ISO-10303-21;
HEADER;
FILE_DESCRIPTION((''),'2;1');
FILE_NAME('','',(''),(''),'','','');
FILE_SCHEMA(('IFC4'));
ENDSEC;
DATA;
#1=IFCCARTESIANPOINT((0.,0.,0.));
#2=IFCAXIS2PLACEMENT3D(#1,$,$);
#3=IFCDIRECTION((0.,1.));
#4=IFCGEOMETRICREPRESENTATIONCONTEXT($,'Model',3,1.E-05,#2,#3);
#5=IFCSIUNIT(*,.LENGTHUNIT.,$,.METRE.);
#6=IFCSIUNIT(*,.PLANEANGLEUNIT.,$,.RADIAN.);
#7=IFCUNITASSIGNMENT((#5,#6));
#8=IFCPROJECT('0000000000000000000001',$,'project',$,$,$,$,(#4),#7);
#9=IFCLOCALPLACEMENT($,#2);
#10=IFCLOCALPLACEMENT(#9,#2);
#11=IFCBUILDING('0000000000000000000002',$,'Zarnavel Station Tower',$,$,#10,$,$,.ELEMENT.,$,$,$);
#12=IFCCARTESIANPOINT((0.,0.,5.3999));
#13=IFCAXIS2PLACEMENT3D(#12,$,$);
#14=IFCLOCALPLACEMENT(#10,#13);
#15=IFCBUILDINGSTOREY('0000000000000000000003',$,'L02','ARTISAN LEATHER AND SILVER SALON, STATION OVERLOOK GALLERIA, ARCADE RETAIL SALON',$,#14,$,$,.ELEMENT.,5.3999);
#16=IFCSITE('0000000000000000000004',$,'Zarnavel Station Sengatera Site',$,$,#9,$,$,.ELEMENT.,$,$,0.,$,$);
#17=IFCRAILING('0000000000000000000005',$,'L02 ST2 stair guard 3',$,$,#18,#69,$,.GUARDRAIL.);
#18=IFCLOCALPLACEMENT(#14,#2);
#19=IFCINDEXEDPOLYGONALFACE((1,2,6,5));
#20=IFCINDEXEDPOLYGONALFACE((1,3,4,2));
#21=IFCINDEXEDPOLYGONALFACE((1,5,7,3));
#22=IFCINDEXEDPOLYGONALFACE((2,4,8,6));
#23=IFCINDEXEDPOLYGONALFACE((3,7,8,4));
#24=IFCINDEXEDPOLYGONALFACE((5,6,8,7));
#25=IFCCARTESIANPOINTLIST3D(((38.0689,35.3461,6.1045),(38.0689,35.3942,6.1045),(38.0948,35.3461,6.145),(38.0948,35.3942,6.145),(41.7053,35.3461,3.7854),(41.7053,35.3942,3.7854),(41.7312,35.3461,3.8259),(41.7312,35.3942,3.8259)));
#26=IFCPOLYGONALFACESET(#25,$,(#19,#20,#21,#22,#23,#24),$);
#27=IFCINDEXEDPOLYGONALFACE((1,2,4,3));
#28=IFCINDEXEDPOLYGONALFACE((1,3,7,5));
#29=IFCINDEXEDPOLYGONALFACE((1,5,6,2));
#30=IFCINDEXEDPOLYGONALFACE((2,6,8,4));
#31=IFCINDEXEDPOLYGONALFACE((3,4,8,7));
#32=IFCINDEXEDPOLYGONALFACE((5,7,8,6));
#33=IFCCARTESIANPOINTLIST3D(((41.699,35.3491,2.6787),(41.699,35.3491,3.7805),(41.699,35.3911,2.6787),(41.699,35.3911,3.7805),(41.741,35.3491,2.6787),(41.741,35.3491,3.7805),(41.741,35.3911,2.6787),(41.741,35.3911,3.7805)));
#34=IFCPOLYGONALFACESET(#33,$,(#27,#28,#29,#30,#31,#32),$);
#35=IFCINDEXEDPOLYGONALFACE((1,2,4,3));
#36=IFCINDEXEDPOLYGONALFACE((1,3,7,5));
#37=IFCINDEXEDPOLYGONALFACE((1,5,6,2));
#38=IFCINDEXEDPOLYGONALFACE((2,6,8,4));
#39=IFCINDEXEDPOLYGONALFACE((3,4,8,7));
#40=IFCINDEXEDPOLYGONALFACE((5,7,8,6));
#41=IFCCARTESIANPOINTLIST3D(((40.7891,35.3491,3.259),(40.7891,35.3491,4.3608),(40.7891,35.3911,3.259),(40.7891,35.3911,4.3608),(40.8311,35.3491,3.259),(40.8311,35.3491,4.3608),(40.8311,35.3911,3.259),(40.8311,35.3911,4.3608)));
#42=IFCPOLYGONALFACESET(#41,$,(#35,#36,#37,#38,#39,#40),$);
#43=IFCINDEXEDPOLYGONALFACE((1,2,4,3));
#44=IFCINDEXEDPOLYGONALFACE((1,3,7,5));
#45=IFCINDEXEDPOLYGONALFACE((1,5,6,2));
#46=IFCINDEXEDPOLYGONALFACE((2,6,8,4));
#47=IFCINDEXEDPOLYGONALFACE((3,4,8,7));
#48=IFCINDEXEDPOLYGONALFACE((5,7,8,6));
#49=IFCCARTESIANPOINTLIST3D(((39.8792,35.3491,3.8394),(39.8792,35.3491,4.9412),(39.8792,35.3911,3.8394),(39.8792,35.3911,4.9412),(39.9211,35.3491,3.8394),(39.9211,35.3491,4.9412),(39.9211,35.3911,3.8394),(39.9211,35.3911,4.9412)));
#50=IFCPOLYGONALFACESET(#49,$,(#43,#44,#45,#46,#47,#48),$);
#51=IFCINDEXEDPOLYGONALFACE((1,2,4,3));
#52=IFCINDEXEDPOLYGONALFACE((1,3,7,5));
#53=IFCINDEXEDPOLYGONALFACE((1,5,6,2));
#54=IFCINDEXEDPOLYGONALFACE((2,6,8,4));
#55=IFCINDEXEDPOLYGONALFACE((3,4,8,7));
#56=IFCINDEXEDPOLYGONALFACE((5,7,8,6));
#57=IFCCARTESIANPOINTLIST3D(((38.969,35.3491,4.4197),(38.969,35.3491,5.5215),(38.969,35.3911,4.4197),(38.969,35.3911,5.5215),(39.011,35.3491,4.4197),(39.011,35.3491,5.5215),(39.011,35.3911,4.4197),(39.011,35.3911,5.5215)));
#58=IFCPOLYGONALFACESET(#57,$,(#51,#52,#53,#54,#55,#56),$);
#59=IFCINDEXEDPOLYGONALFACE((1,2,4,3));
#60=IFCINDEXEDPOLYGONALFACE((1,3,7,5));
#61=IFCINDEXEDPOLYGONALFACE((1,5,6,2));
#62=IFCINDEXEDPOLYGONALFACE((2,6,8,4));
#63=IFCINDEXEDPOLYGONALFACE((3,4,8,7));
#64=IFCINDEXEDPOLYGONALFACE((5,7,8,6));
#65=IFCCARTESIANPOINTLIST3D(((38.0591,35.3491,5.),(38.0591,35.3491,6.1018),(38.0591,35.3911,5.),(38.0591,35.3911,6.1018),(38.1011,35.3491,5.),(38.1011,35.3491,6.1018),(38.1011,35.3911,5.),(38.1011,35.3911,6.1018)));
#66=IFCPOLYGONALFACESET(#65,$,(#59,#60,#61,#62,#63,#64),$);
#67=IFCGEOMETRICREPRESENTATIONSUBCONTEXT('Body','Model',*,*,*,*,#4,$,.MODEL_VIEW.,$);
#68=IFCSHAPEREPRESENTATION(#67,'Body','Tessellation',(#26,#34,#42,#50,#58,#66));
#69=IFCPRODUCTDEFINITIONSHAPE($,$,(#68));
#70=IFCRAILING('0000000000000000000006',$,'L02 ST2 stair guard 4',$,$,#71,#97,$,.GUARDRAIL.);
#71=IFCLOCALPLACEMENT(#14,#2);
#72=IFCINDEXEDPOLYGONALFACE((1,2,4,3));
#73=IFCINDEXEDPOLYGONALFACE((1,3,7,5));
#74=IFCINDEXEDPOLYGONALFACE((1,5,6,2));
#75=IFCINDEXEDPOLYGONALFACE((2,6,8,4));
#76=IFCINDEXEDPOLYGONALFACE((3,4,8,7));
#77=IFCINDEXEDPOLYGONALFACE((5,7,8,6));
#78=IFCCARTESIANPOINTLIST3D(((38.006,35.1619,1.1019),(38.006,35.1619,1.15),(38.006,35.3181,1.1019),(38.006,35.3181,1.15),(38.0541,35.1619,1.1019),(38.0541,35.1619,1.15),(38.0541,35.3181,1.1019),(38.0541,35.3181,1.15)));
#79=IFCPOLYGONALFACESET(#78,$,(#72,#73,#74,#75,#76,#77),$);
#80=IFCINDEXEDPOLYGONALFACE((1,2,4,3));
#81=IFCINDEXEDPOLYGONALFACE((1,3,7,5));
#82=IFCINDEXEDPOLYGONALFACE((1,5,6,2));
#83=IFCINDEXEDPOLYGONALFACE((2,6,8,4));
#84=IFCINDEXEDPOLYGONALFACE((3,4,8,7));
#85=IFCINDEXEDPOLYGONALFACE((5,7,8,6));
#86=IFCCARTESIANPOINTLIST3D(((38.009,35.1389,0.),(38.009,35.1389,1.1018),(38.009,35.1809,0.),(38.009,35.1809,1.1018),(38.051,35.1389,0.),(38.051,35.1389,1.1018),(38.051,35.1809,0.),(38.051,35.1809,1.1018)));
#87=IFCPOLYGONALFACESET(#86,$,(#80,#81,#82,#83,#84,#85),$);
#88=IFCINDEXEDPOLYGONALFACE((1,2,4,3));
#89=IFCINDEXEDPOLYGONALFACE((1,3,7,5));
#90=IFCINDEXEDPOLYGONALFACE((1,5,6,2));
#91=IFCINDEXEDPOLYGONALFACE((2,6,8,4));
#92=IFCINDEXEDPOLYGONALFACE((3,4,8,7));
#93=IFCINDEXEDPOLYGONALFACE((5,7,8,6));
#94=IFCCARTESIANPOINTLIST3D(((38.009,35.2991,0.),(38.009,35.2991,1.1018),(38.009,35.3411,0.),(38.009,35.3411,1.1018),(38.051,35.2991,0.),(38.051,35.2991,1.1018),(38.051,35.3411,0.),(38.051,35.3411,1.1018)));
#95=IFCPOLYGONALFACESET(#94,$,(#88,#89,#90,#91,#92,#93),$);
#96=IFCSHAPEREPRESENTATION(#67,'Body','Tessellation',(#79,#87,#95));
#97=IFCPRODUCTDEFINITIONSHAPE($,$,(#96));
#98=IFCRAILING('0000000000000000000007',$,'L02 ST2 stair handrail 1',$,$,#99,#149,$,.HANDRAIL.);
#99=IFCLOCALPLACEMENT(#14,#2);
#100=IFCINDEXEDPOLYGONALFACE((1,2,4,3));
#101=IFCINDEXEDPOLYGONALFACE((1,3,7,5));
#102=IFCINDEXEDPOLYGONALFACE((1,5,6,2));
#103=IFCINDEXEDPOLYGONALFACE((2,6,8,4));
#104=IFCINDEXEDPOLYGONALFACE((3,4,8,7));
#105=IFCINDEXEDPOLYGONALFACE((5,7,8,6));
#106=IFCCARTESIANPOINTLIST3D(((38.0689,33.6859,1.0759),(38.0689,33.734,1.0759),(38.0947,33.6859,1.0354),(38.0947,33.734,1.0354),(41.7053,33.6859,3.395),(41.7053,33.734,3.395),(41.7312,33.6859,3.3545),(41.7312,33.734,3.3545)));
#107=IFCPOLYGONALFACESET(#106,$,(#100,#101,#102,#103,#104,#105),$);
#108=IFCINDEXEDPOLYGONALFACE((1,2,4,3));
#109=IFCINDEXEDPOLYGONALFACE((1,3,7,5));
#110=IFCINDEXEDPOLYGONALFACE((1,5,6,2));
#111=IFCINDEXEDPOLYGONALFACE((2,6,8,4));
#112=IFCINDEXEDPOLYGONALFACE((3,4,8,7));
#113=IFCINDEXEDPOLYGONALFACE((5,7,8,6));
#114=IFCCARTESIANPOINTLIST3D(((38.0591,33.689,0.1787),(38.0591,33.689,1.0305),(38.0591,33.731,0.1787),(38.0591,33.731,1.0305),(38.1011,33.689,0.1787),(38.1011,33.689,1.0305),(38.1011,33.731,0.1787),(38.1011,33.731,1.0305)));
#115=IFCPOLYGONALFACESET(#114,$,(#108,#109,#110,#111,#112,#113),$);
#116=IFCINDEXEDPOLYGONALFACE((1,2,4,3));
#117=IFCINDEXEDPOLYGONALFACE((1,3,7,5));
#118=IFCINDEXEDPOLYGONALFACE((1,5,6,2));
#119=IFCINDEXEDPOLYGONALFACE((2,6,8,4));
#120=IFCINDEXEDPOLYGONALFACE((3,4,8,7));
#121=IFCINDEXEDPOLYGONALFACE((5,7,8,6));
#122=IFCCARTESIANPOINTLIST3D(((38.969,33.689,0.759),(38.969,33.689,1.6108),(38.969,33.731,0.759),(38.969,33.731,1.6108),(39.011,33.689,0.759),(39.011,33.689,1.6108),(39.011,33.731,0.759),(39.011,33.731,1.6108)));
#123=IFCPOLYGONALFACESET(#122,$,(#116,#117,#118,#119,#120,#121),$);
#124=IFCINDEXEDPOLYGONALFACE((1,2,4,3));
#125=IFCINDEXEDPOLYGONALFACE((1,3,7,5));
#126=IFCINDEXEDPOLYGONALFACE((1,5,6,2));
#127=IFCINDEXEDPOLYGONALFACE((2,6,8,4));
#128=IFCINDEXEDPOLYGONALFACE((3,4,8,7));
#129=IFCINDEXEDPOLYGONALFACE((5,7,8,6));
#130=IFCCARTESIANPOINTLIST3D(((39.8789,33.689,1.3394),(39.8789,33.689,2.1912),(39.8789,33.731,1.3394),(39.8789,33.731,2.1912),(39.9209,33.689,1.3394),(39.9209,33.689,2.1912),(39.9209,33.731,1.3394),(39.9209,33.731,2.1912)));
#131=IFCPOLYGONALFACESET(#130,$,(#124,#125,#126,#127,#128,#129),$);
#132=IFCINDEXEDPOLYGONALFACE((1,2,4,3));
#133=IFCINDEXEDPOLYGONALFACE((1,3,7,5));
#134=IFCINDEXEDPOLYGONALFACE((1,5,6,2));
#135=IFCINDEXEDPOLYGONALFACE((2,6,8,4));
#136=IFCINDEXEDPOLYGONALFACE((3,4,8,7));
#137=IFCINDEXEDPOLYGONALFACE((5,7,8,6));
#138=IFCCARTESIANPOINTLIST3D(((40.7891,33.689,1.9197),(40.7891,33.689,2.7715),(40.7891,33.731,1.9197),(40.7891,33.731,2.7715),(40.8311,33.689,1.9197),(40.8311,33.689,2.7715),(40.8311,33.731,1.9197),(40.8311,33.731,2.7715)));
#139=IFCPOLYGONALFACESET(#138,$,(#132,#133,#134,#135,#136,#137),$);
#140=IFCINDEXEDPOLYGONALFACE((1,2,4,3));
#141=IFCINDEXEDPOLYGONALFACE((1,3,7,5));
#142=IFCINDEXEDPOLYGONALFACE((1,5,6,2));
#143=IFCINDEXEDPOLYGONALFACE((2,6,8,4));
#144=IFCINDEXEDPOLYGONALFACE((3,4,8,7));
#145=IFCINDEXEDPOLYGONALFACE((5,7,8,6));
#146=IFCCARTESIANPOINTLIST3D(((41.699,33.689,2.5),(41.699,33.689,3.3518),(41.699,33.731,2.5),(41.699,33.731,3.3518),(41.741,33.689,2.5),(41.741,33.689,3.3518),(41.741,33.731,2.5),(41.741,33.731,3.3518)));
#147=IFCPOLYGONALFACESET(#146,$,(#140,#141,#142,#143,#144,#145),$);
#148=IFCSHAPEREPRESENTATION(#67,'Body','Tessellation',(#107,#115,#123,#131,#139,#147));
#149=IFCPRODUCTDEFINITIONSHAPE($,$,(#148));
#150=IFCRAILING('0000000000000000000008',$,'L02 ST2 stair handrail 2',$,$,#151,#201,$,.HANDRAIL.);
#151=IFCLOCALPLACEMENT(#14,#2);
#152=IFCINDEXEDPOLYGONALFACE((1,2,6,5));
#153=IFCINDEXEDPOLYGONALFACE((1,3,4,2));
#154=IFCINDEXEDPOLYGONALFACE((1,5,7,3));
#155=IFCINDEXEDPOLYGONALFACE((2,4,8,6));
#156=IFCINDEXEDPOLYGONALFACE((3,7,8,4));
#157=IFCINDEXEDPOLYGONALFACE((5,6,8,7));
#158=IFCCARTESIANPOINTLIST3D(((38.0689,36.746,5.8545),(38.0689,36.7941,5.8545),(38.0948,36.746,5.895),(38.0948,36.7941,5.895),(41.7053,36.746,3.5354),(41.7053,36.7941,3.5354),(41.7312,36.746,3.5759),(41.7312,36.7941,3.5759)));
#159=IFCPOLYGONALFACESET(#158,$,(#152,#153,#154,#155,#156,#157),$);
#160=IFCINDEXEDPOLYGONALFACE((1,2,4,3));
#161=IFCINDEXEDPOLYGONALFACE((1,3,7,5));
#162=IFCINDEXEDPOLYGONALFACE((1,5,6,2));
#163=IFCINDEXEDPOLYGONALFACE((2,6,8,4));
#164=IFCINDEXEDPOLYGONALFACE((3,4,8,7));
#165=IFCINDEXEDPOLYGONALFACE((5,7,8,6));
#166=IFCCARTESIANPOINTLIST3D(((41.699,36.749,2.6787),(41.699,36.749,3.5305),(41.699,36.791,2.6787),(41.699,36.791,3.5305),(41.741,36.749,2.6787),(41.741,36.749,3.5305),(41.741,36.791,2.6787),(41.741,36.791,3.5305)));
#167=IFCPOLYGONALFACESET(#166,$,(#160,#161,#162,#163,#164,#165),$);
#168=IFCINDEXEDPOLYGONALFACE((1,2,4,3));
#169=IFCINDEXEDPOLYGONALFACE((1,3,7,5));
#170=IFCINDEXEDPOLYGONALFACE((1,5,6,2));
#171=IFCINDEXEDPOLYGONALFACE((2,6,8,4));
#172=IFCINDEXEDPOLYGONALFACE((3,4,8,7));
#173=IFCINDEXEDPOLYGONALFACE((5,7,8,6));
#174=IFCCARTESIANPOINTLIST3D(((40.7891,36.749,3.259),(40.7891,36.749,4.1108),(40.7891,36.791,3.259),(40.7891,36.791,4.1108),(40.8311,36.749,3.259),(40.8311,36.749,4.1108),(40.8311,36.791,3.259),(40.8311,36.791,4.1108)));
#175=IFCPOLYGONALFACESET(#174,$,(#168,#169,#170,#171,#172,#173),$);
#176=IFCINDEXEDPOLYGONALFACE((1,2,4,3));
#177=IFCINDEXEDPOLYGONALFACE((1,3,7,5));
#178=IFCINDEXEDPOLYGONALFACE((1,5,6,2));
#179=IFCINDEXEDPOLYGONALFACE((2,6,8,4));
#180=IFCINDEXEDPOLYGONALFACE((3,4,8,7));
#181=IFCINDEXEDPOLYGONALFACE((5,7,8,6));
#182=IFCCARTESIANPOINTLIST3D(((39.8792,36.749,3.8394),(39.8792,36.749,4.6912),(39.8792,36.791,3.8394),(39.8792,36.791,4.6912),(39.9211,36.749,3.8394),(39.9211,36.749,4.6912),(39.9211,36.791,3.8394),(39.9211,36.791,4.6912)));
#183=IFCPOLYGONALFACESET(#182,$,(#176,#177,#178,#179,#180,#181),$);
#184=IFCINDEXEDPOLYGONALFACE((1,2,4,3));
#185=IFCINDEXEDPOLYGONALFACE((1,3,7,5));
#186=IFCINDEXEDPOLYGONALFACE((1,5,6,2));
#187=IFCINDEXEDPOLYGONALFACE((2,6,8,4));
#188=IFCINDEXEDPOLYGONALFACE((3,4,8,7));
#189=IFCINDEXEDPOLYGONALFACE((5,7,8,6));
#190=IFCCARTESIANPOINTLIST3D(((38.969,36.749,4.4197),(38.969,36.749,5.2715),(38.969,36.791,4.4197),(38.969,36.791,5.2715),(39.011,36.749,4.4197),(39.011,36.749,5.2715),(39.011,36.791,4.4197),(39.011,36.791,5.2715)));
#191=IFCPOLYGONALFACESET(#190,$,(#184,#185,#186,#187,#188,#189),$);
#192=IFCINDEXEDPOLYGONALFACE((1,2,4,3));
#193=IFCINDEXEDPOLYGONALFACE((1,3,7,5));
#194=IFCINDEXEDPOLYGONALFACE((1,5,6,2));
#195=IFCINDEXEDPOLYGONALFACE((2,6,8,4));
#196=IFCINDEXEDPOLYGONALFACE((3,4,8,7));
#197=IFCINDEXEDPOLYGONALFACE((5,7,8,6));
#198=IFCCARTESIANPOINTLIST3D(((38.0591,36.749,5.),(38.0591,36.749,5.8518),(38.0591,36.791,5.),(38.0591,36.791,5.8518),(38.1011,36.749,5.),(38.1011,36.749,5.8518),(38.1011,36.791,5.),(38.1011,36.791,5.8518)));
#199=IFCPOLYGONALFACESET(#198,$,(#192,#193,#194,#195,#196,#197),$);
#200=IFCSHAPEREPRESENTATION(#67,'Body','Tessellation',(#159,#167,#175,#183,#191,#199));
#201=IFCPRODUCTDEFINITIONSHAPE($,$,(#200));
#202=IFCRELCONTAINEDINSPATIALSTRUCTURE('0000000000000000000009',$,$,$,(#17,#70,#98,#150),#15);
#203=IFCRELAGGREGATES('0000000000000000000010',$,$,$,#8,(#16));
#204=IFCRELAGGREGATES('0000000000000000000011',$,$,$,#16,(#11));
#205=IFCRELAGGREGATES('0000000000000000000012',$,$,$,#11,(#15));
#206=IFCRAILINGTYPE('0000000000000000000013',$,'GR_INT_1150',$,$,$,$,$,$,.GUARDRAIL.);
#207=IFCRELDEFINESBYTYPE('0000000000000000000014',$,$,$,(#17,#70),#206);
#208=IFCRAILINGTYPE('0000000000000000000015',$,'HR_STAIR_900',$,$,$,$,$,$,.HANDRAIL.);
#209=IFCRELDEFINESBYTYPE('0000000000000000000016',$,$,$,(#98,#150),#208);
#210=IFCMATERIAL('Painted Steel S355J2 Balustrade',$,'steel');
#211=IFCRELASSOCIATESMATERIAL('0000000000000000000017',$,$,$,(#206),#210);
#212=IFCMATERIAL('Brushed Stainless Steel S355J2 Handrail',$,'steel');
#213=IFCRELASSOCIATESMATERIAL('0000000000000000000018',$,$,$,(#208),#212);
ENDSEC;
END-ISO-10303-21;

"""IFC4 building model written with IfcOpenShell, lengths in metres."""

from ifc_helpers import new_model, si_unit, direction, frame, origin, origin_2d, place, context, subcontext, project, spatial, rectangle, extrude, material, type_object, element, save


model = new_model("IFC4")

# Units and contexts
model_context = context("Model", 3, precision=1e-05, world=origin(), true_north=direction((0.0, 1.0)))
body_context = subcontext(model_context, "Body", "Model", "MODEL_VIEW")
ifc_project = project(units=[si_unit("LENGTHUNIT", "METRE"), si_unit("PLANEANGLEUNIT", "RADIAN")], contexts=[model_context])

# Site, building, storey
site_placement = place(None, origin())
site = spatial("IfcSite", under=ifc_project, at=site_placement, Name="Zarnavel Station Sengatera Site", CompositionType="ELEMENT", RefElevation=0.0)
building_placement = place(site_placement, origin())
building = spatial("IfcBuilding", under=site, at=building_placement, Name="Zarnavel Station Tower", CompositionType="ELEMENT")
storey_placement = place(building_placement, frame((0.0, 0.0, 5.3999)))
storey = spatial("IfcBuildingStorey", under=building, at=storey_placement, Name="L02", Description="ARTISAN LEATHER AND SILVER SALON, STATION OVERLOOK GALLERIA, ARCADE RETAIL SALON", CompositionType="ELEMENT", Elevation=5.3999)

# Railings
ifc_material_1 = material(Name="Painted Steel S355J2 Balustrade", Category="steel")
railing_type_1 = type_object("IfcRailingType", Name="GR_INT_1150", PredefinedType="GUARDRAIL", material=ifc_material_1)
railing_1_placement = place(storey_placement, frame((41.72, 35.3701, 2.6787)))
element("IfcRailing", 1, at=railing_1_placement, inside=storey, type_object=railing_type_1, Name="L02 ST2 stair guard 3", PredefinedType="GUARDRAIL", context=body_context, shape_type="SweptSolid", body=[
    extrude(rectangle(XDim=0.0481, YDim=0.0481, at=origin_2d()), frame((-0.0017, 0.0, 1.127), z_axis=(-0.843137, 0.0, 0.537699), x_axis=(0.0, -1.0, 0.0)), (0.0, 0.0, 1.0), 4.313),
    extrude(rectangle(XDim=0.042, YDim=0.042, at=origin_2d()), origin(), (0.0, 0.0, 1.0), 1.1018),
    extrude(rectangle(XDim=0.042, YDim=0.042, at=origin_2d()), frame((-0.9099, 0.0, 0.5803)), (0.0, 0.0, 1.0), 1.1018),
    extrude(rectangle(XDim=0.042, YDim=0.042, at=origin_2d()), frame((-1.8198, 0.0, 1.1606)), (0.0, 0.0, 1.0), 1.1018),
    extrude(rectangle(XDim=0.042, YDim=0.042, at=origin_2d()), frame((-2.73, 0.0, 1.741)), (0.0, 0.0, 1.0), 1.1018),
    extrude(rectangle(XDim=0.042, YDim=0.042, at=origin_2d()), frame((-3.6399, 0.0, 2.3213)), (0.0, 0.0, 1.0), 1.1018),
])
railing_2_placement = place(storey_placement, frame((38.03, 35.1599, 0.0)))
element("IfcRailing", 2, at=railing_2_placement, inside=storey, type_object=railing_type_1, Name="L02 ST2 stair guard 4", PredefinedType="GUARDRAIL", context=body_context, shape_type="SweptSolid", body=[
    extrude(rectangle(XDim=0.0481, YDim=0.0481, at=origin_2d()), frame((0.0, 0.002, 1.126), z_axis=(0.0, 1.0, 0.0), x_axis=(-1.0, 0.0, 0.0)), (0.0, 0.0, 1.0), 0.1562),
    extrude(rectangle(XDim=0.042, YDim=0.042, at=origin_2d()), origin(), (0.0, 0.0, 1.0), 1.1018),
    extrude(rectangle(XDim=0.042, YDim=0.042, at=origin_2d()), frame((0.0, 0.1602, 0.0)), (0.0, 0.0, 1.0), 1.1018),
])
ifc_material_2 = material(Name="Brushed Stainless Steel S355J2 Handrail", Category="steel")
railing_type_2 = type_object("IfcRailingType", Name="HR_STAIR_900", PredefinedType="HANDRAIL", material=ifc_material_2)
railing_3_placement = place(storey_placement, frame((38.0801, 33.71, 0.1787)))
element("IfcRailing", 3, at=railing_3_placement, inside=storey, type_object=railing_type_2, Name="L02 ST2 stair handrail 1", PredefinedType="HANDRAIL", context=body_context, shape_type="SweptSolid", body=[
    extrude(rectangle(XDim=0.0481, YDim=0.0481, at=origin_2d()), frame((0.0017, 0.0, 0.877), z_axis=(0.843137, 0.0, 0.537699), x_axis=(0.0, 1.0, 0.0)), (0.0, 0.0, 1.0), 4.313),
    extrude(rectangle(XDim=0.042, YDim=0.042, at=origin_2d()), origin(), (0.0, 0.0, 1.0), 0.8518),
    extrude(rectangle(XDim=0.042, YDim=0.042, at=origin_2d()), frame((0.9099, 0.0, 0.5803)), (0.0, 0.0, 1.0), 0.8518),
    extrude(rectangle(XDim=0.042, YDim=0.042, at=origin_2d()), frame((1.8198, 0.0, 1.1606)), (0.0, 0.0, 1.0), 0.8518),
    extrude(rectangle(XDim=0.042, YDim=0.042, at=origin_2d()), frame((2.73, 0.0, 1.741)), (0.0, 0.0, 1.0), 0.8518),
    extrude(rectangle(XDim=0.042, YDim=0.042, at=origin_2d()), frame((3.6399, 0.0, 2.3213)), (0.0, 0.0, 1.0), 0.8518),
])
railing_4_placement = place(storey_placement, frame((41.72, 36.77, 2.6787)))
element("IfcRailing", 4, at=railing_4_placement, inside=storey, type_object=railing_type_2, Name="L02 ST2 stair handrail 2", PredefinedType="HANDRAIL", context=body_context, shape_type="SweptSolid", body=[
    extrude(rectangle(XDim=0.0481, YDim=0.0481, at=origin_2d()), frame((-0.0017, 0.0, 0.877), z_axis=(-0.843137, 0.0, 0.537699), x_axis=(0.0, -1.0, 0.0)), (0.0, 0.0, 1.0), 4.313),
    extrude(rectangle(XDim=0.042, YDim=0.042, at=origin_2d()), origin(), (0.0, 0.0, 1.0), 0.8518),
    extrude(rectangle(XDim=0.042, YDim=0.042, at=origin_2d()), frame((-0.9099, 0.0, 0.5803)), (0.0, 0.0, 1.0), 0.8518),
    extrude(rectangle(XDim=0.042, YDim=0.042, at=origin_2d()), frame((-1.8198, 0.0, 1.1606)), (0.0, 0.0, 1.0), 0.8518),
    extrude(rectangle(XDim=0.042, YDim=0.042, at=origin_2d()), frame((-2.73, 0.0, 1.741)), (0.0, 0.0, 1.0), 0.8518),
    extrude(rectangle(XDim=0.042, YDim=0.042, at=origin_2d()), frame((-3.6399, 0.0, 2.3213)), (0.0, 0.0, 1.0), 0.8518),
])

save(model, "model.ifc")
